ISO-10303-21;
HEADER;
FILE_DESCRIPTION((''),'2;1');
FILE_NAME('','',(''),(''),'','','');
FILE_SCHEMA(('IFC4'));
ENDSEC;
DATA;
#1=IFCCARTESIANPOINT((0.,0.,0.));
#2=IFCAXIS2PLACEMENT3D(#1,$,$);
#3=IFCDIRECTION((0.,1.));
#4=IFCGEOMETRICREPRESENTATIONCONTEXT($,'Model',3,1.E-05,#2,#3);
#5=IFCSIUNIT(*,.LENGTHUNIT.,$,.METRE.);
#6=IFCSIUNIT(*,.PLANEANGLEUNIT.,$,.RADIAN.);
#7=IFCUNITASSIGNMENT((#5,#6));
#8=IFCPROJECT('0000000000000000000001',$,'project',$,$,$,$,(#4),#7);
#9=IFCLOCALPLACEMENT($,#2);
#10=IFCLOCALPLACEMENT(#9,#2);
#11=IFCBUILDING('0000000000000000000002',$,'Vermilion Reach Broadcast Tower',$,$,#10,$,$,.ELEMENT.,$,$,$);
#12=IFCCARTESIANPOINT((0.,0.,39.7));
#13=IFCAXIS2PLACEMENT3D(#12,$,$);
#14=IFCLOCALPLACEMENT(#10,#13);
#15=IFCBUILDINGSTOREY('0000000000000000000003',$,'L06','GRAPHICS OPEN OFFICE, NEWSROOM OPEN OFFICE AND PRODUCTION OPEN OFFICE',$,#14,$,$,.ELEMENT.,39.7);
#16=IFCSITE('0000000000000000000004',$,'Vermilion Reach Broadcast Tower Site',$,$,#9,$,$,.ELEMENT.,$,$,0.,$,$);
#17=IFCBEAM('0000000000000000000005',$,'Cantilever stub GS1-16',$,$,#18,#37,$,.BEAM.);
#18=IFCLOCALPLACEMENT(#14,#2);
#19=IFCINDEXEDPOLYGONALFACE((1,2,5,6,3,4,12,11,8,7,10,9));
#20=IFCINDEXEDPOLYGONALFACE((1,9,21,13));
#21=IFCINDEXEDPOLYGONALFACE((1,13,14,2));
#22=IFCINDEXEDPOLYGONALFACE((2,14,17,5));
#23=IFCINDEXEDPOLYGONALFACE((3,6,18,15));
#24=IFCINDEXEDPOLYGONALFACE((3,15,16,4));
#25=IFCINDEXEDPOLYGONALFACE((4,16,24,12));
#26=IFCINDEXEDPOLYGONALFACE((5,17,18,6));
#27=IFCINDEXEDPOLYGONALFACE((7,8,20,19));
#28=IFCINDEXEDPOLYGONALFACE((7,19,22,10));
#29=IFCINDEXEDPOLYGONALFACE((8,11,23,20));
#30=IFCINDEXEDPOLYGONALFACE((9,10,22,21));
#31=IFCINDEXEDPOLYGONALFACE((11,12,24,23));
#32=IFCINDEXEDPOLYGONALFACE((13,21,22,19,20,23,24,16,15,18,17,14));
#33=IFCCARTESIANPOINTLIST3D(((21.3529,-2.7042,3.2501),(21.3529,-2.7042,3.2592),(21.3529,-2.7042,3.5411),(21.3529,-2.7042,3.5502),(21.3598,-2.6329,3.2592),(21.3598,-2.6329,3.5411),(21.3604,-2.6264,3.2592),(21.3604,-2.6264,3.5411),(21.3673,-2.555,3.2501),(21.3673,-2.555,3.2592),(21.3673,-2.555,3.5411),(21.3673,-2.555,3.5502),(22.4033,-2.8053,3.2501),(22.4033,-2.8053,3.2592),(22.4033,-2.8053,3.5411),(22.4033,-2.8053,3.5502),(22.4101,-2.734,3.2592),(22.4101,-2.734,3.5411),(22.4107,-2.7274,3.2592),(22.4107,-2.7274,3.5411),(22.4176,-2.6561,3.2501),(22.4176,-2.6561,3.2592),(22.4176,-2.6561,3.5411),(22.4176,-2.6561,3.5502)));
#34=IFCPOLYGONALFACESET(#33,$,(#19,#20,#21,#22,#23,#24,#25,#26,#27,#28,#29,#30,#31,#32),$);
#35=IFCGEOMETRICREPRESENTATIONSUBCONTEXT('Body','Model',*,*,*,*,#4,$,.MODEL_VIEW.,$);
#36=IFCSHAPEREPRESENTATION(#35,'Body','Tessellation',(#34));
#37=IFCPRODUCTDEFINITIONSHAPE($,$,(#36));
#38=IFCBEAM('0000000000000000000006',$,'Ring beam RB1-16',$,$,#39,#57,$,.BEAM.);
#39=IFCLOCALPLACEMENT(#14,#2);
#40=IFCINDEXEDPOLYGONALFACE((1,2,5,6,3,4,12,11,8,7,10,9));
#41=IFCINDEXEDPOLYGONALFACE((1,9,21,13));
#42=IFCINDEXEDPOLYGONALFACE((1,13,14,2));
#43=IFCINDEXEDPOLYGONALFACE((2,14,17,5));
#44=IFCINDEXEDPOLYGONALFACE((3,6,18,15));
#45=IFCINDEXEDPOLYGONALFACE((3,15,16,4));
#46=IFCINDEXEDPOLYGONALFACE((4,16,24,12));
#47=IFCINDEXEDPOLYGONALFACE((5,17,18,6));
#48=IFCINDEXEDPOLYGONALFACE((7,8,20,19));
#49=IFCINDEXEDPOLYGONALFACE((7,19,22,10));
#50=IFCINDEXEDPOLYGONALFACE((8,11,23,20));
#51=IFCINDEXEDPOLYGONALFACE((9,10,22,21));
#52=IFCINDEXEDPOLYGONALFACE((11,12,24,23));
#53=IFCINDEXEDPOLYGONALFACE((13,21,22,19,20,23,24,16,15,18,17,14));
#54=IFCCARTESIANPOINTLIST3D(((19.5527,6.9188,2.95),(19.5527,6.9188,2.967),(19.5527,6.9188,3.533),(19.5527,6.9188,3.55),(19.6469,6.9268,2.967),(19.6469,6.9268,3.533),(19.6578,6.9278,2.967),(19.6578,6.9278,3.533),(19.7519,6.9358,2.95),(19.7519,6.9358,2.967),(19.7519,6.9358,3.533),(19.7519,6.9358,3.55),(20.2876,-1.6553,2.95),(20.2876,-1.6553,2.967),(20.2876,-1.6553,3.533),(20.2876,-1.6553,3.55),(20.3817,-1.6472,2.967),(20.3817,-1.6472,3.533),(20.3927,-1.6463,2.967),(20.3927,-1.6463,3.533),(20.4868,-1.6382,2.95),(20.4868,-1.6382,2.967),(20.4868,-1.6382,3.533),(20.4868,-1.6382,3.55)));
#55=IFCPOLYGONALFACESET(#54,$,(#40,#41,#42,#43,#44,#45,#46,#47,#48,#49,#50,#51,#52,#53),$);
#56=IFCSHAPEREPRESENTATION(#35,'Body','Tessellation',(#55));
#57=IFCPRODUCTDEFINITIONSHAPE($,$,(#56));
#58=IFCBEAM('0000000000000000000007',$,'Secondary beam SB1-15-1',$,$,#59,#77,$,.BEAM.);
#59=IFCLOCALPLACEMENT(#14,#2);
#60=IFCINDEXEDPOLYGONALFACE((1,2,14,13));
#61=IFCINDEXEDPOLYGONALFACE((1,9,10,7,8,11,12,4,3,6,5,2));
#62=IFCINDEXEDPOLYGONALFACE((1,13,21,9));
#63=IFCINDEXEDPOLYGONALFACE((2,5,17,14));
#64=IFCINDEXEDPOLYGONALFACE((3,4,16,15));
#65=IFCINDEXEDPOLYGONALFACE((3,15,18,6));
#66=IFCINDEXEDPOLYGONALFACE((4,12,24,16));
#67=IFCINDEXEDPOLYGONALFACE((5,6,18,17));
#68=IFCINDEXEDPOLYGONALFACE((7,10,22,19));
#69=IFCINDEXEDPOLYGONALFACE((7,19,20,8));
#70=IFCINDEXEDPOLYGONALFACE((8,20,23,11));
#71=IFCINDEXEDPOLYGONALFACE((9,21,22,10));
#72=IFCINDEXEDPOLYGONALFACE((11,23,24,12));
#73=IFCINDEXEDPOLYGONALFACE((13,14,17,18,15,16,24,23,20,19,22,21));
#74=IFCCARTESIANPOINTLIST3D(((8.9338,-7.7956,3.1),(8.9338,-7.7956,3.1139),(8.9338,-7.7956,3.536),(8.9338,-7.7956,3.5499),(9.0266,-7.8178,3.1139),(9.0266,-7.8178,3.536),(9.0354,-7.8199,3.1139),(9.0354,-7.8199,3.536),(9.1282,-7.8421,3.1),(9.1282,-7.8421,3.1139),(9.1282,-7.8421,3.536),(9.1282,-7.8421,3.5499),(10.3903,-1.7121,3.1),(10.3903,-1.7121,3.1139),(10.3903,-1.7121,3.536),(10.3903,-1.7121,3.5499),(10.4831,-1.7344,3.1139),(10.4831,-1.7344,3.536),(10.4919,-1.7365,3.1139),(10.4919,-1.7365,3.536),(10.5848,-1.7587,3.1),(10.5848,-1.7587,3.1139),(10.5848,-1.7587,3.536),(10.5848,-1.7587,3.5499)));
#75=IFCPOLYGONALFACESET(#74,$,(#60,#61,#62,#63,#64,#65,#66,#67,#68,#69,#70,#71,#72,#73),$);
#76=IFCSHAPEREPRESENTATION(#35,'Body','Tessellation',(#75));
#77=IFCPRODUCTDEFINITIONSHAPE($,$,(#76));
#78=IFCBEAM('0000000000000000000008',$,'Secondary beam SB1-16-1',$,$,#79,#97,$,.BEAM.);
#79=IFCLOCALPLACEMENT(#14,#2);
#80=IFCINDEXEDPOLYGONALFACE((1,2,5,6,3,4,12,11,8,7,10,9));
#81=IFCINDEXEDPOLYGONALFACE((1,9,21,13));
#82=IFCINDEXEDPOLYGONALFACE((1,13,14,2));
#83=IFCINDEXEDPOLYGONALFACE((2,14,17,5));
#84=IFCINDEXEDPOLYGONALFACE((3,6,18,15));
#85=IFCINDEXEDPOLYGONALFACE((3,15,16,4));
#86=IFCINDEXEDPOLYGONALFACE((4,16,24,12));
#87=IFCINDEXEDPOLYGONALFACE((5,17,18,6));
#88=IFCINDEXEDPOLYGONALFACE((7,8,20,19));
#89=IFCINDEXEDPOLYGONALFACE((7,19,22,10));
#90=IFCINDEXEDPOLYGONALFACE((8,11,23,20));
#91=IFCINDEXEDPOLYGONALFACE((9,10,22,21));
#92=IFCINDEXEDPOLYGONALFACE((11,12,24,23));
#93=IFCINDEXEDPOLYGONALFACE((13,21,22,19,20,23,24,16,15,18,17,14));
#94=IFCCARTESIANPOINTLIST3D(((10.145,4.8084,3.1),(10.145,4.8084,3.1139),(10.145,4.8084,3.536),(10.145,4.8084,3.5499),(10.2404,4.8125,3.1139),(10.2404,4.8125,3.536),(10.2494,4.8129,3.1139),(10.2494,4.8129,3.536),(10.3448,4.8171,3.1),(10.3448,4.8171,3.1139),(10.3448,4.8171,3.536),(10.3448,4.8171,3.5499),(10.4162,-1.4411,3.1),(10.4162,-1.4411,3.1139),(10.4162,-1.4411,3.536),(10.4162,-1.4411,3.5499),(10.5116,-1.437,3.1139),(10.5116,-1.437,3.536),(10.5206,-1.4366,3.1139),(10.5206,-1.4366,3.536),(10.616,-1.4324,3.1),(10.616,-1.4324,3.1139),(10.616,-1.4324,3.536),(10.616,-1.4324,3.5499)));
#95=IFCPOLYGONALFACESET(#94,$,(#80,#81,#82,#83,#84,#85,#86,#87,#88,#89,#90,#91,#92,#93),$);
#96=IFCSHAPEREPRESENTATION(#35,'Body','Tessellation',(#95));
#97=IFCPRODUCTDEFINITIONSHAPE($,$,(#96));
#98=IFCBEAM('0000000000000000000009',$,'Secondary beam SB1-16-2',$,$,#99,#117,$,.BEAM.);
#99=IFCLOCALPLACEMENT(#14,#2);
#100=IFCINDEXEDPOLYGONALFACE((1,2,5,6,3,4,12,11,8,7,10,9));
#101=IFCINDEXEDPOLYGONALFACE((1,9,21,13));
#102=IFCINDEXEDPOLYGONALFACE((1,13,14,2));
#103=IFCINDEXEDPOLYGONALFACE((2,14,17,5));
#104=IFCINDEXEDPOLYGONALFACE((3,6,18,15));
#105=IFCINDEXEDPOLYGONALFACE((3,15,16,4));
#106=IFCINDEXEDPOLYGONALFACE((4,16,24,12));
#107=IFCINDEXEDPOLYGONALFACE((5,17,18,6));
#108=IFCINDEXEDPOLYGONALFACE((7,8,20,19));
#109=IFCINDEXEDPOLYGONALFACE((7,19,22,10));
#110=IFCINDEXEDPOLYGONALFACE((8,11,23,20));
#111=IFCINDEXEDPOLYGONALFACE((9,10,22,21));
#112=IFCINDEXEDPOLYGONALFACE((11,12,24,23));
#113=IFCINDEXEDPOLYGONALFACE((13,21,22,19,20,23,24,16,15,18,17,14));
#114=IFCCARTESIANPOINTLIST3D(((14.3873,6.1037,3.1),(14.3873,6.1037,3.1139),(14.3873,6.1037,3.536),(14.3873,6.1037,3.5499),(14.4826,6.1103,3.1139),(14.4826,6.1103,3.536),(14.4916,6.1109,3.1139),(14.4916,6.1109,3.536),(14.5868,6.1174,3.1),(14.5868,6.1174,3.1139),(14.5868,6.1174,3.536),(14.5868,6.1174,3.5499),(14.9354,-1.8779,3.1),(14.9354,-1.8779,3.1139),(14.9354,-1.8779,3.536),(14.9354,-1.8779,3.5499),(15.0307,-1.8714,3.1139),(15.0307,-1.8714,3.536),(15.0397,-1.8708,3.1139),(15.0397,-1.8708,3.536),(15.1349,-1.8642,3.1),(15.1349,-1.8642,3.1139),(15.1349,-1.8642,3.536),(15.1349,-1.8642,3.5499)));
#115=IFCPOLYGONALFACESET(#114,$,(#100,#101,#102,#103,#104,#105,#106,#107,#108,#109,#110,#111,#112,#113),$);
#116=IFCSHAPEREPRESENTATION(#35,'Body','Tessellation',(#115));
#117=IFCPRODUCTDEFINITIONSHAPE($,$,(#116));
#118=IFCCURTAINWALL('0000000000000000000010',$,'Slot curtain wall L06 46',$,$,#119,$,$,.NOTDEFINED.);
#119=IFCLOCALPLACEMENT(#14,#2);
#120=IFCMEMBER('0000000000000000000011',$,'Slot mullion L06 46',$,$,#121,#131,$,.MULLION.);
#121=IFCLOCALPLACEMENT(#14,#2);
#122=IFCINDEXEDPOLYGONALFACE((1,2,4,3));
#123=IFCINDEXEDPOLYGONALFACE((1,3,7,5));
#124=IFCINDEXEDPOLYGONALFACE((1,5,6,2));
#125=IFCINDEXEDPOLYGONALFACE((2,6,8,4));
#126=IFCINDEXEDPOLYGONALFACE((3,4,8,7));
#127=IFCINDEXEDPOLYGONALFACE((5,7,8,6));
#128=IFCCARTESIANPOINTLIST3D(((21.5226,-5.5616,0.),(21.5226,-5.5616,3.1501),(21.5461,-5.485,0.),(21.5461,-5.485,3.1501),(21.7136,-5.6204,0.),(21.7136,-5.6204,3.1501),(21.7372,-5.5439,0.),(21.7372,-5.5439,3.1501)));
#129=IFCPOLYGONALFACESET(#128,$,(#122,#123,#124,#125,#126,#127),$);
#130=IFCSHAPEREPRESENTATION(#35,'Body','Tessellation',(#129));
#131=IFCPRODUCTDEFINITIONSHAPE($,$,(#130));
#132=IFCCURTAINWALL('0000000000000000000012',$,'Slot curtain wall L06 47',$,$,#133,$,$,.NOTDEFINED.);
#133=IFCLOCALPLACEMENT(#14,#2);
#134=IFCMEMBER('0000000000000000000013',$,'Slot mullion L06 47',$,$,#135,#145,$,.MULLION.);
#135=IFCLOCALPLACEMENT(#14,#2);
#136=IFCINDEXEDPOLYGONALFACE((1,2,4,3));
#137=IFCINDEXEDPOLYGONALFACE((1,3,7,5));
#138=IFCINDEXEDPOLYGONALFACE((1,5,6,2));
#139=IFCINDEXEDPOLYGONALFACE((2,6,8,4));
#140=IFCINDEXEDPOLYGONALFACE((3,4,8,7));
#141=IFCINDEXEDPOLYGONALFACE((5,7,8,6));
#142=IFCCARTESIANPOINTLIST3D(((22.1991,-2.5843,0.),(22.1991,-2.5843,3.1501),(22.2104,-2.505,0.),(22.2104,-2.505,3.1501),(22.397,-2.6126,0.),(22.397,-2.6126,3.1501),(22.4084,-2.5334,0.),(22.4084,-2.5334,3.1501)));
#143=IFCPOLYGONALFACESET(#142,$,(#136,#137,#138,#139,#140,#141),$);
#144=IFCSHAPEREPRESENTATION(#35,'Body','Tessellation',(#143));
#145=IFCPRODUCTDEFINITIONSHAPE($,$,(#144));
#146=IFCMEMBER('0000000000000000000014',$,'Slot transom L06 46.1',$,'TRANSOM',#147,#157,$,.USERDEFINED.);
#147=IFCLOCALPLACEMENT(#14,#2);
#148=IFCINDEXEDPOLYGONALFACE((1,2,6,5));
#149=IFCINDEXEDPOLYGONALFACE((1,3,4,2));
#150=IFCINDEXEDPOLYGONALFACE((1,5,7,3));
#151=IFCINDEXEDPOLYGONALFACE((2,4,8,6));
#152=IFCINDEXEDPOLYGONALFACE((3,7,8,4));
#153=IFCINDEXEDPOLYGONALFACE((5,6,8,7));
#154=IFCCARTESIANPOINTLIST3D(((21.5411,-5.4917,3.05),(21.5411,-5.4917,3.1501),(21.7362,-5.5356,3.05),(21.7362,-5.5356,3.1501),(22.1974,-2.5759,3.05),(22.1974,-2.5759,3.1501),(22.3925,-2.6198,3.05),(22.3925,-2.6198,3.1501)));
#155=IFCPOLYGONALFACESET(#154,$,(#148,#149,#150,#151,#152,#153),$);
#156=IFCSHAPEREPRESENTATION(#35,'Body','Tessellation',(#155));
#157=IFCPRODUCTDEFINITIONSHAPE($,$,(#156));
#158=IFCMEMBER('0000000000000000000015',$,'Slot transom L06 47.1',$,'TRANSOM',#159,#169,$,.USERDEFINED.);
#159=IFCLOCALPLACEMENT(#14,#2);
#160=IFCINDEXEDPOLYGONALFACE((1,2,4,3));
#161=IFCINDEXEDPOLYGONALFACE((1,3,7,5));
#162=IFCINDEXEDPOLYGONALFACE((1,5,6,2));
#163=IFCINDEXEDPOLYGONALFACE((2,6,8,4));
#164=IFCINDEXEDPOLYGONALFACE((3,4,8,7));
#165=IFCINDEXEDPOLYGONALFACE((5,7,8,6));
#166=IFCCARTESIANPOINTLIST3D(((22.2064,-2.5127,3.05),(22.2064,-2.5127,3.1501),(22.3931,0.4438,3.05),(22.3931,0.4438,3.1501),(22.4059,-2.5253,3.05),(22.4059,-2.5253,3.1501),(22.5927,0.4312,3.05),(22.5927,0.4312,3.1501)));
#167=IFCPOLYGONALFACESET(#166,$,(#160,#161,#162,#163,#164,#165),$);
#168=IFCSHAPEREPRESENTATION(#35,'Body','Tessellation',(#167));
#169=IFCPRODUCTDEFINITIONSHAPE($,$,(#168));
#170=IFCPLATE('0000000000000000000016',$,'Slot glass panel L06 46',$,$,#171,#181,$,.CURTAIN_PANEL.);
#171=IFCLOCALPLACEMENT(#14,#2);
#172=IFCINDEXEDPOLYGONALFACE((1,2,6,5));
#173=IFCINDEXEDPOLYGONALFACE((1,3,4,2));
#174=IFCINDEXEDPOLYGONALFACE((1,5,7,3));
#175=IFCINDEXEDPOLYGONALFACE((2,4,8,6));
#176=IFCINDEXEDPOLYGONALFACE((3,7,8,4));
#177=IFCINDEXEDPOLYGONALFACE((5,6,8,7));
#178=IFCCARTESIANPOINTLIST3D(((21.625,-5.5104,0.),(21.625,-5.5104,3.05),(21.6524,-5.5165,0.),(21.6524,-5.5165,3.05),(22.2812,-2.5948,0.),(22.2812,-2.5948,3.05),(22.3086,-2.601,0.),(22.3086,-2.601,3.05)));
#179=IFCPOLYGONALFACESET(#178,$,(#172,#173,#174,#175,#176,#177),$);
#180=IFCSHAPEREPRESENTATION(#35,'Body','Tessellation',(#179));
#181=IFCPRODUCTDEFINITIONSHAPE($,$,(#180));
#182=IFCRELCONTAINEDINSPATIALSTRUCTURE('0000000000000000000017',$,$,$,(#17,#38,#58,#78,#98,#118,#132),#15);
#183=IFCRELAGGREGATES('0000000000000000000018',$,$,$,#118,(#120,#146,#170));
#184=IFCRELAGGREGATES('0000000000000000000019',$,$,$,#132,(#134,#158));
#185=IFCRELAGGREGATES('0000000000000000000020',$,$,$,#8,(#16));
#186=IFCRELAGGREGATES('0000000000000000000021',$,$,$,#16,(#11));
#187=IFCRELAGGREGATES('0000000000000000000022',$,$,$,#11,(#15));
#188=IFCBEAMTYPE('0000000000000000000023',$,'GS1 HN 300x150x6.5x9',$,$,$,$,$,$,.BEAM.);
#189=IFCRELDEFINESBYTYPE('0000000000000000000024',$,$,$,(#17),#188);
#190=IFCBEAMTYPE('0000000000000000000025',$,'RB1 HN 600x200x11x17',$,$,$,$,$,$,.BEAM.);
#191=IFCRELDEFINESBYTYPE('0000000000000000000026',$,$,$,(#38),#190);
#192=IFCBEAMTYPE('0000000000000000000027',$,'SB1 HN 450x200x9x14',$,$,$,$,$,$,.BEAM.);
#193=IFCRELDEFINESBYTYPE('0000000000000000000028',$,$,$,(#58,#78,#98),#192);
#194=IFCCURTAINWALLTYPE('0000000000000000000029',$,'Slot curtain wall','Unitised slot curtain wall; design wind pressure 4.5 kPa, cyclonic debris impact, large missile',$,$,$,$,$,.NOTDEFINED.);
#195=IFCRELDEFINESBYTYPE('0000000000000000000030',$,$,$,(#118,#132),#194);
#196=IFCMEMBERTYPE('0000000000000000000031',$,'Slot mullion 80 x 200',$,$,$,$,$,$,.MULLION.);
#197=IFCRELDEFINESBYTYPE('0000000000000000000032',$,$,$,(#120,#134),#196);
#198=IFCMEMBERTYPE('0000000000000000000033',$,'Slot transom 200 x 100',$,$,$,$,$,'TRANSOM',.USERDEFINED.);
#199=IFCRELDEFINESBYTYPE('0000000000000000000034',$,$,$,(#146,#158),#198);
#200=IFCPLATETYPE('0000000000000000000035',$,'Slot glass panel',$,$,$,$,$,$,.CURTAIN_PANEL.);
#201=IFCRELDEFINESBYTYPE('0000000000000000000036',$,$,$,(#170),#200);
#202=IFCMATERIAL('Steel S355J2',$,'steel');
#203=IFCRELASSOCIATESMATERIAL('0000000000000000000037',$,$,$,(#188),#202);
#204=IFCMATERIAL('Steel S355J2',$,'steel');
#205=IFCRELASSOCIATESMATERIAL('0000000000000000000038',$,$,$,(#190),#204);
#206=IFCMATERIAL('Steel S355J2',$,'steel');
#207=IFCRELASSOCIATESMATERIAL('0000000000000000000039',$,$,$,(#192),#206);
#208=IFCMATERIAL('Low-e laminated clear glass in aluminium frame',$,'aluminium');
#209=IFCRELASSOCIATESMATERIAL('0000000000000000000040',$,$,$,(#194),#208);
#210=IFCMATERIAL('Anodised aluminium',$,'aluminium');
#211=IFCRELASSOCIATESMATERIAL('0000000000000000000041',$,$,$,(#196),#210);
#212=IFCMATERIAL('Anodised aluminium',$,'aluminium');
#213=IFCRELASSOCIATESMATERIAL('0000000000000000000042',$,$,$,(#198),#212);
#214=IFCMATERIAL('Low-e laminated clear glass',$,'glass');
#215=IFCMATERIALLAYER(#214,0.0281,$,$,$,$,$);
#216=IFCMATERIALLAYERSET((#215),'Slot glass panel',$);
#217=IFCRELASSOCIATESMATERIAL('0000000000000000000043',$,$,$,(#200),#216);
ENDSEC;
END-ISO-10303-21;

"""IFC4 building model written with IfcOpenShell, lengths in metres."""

from ifc_helpers import new_model, si_unit, direction, frame, origin, origin_2d, place, context, subcontext, project, spatial, rectangle, i_section, extrude, material, layer, layer_set, material_profile, profile_set, type_object, element, aggregate, save


model = new_model("IFC4")

# Units and contexts
model_context = context("Model", 3, precision=1e-05, world=origin(), true_north=direction((0.0, 1.0)))
body_context = subcontext(model_context, "Body", "Model", "MODEL_VIEW")
ifc_project = project(units=[si_unit("LENGTHUNIT", "METRE"), si_unit("PLANEANGLEUNIT", "RADIAN")], contexts=[model_context])

# Site, building, storey
site_placement = place(None, origin())
site = spatial("IfcSite", under=ifc_project, at=site_placement, Name="Vermilion Reach Broadcast Tower Site", CompositionType="ELEMENT", RefElevation=0.0)
building_placement = place(site_placement, origin())
building = spatial("IfcBuilding", under=site, at=building_placement, Name="Vermilion Reach Broadcast Tower", CompositionType="ELEMENT")
storey_placement = place(building_placement, frame((0.0, 0.0, 39.7)))
storey = spatial("IfcBuildingStorey", under=building, at=storey_placement, Name="L06", Description="GRAPHICS OPEN OFFICE, NEWSROOM OPEN OFFICE AND PRODUCTION OPEN OFFICE", CompositionType="ELEMENT", Elevation=39.7)

# Beams
ifc_material_1 = material(Name="Steel S355J2", Category="steel")
ifc_material_profile_1 = material_profile(ifc_material_1, i_section(OverallWidth=0.1499, OverallDepth=0.3, WebThickness=0.0066, FlangeThickness=0.009, at=origin_2d()), Name="S355J2 HN 300x150x6.5x9")
ifc_profile_set_1 = profile_set([ifc_material_profile_1], Name="Steel S355J2")
beam_type_1 = type_object("IfcBeamType", Name="GS1 HN 300x150x6.5x9", PredefinedType="BEAM", material=ifc_profile_set_1)
beam_1_placement = place(storey_placement, frame((21.3601, -2.6296, 3.4001), z_axis=(0.995401, -0.095792, 0.0), x_axis=(0.095792, 0.995401, 0.0)))
element("IfcBeam", 1, at=beam_1_placement, inside=storey, type_object=beam_type_1, Name="Cantilever stub GS1-16", PredefinedType="BEAM", context=body_context, shape_type="SweptSolid", body=[
    extrude(i_section(OverallWidth=0.1499, OverallDepth=0.3, WebThickness=0.0066, FlangeThickness=0.009, at=origin_2d()), origin(), (0.0, 0.0, 1.0), 1.0552),
])
ifc_material_2 = material(Name="Steel S355J2", Category="steel")
ifc_material_profile_2 = material_profile(ifc_material_2, i_section(OverallWidth=0.2, OverallDepth=0.6001, WebThickness=0.011, FlangeThickness=0.0171, at=origin_2d()), Name="S355J2 HN 600x200x11x17")
ifc_profile_set_2 = profile_set([ifc_material_profile_2], Name="Steel S355J2")
beam_type_2 = type_object("IfcBeamType", Name="RB1 HN 600x200x11x17", PredefinedType="BEAM", material=ifc_profile_set_2)
beam_2_placement = place(storey_placement, frame((20.3872, -1.6467, 3.25), z_axis=(-0.085396, 0.996347, 0.0), x_axis=(-0.996347, -0.085396, 0.0)))
element("IfcBeam", 2, at=beam_2_placement, inside=storey, type_object=beam_type_2, Name="Ring beam RB1-16", PredefinedType="BEAM", context=body_context, shape_type="SweptSolid", body=[
    extrude(i_section(OverallWidth=0.2, OverallDepth=0.6001, WebThickness=0.011, FlangeThickness=0.0171, at=origin_2d()), origin(), (0.0, 0.0, 1.0), 8.6055),
])
ifc_material_3 = material(Name="Steel S355J2", Category="steel")
ifc_material_profile_3 = material_profile(ifc_material_3, i_section(OverallWidth=0.2, OverallDepth=0.45, WebThickness=0.009, FlangeThickness=0.0139, at=origin_2d()), Name="S355J2 HN 450x200x9x14")
ifc_profile_set_3 = profile_set([ifc_material_profile_3], Name="Steel S355J2")
beam_type_3 = type_object("IfcBeamType", Name="SB1 HN 450x200x9x14", PredefinedType="BEAM", material=ifc_profile_set_3)
for number, where, z_axis, x_axis, name in (
    (3, (9.031, -7.8188, 3.325), (0.232844, 0.972514, 0.0), (-0.972514, 0.232844, 0.0), "Secondary beam SB1-15-1"),
    (4, (10.5161, -1.4368, 3.325), (-0.043361, 0.999059, 0.0), (-0.999059, -0.043361, 0.0), "Secondary beam SB1-16-1"),
):
    element("IfcBeam", number, at=place(storey_placement, frame(where, z_axis=z_axis, x_axis=x_axis)), inside=storey, type_object=beam_type_3, Name=name, PredefinedType="BEAM", context=body_context, shape_type="SweptSolid", body=[
        extrude(i_section(OverallWidth=0.2, OverallDepth=0.45, WebThickness=0.009, FlangeThickness=0.0139, at=origin_2d()), origin(), (0.0, 0.0, 1.0), 6.2554),
    ])
beam_3_placement = place(storey_placement, frame((15.0352, -1.8711, 3.325), z_axis=(-0.068508, 0.997651, 0.0), x_axis=(-0.997651, -0.068508, 0.0)))
element("IfcBeam", 5, at=beam_3_placement, inside=storey, type_object=beam_type_3, Name="Secondary beam SB1-16-2", PredefinedType="BEAM", context=body_context, shape_type="SweptSolid", body=[
    extrude(i_section(OverallWidth=0.2, OverallDepth=0.45, WebThickness=0.009, FlangeThickness=0.0139, at=origin_2d()), origin(), (0.0, 0.0, 1.0), 8.0005),
])

# Curtain walls, members
ifc_material_4 = material(Name="Low-e laminated clear glass in aluminium frame", Category="aluminium")
curtain_wall_type = type_object("IfcCurtainWallType", Name="Slot curtain wall", Description="Unitised slot curtain wall; design wind pressure 4.5 kPa, cyclonic debris impact, large missile", PredefinedType="NOTDEFINED", material=ifc_material_4)
placement = place(storey_placement, origin())
curtain_wall_1 = element("IfcCurtainWall", 6, at=placement, inside=storey, type_object=curtain_wall_type, Name="Slot curtain wall L06 46", PredefinedType="NOTDEFINED")
ifc_material_5 = material(Name="Anodised aluminium", Category="aluminium")
ifc_material_profile_4 = material_profile(ifc_material_5, rectangle(XDim=0.2, YDim=0.0801, at=origin_2d()), Name="Slot mullion 80 x 200")
ifc_profile_set_4 = profile_set([ifc_material_profile_4], Name="Anodised aluminium")
member_type_1 = type_object("IfcMemberType", Name="Slot mullion 80 x 200", PredefinedType="MULLION", material=ifc_profile_set_4)
member_1_placement = place(storey_placement, frame((21.6299, -5.5527, 0.0), z_axis=(0.0, 0.0, 1.0), x_axis=(-0.955724, 0.294264, 0.0)))
member_1 = element("IfcMember", 7, at=member_1_placement, type_object=member_type_1, Name="Slot mullion L06 46", PredefinedType="MULLION", context=body_context, shape_type="SweptSolid", body=[
    extrude(rectangle(XDim=0.2, YDim=0.0801, at=origin_2d()), origin(), (0.0, 0.0, 1.0), 3.1501),
])
curtain_wall_2 = element("IfcCurtainWall", 8, at=placement, inside=storey, type_object=curtain_wall_type, Name="Slot curtain wall L06 47", PredefinedType="NOTDEFINED")
member_2_placement = place(storey_placement, frame((22.3037, -2.5588, 0.0), z_axis=(0.0, 0.0, 1.0), x_axis=(-0.989903, 0.141746, 0.0)))
member_2 = element("IfcMember", 9, at=member_2_placement, type_object=member_type_1, Name="Slot mullion L06 47", PredefinedType="MULLION", context=body_context, shape_type="SweptSolid", body=[
    extrude(rectangle(XDim=0.2, YDim=0.0801, at=origin_2d()), origin(), (0.0, 0.0, 1.0), 3.1501),
])

# Members
ifc_material_6 = material(Name="Anodised aluminium", Category="aluminium")
ifc_material_profile_5 = material_profile(ifc_material_6, rectangle(XDim=0.2, YDim=0.1001, at=origin_2d()), Name="Slot transom 200 x 100")
ifc_profile_set_5 = profile_set([ifc_material_profile_5], Name="Anodised aluminium")
member_type_2 = type_object("IfcMemberType", Name="Slot transom 200 x 100", ElementType="TRANSOM", PredefinedType="USERDEFINED", material=ifc_profile_set_5)
member_3_placement = place(storey_placement, frame((21.6387, -5.5137, 3.1001), z_axis=(0.219576, 0.975595, 0.0), x_axis=(-0.975595, 0.219576, 0.0)))
member_3 = element("IfcMember", 10, at=member_3_placement, type_object=member_type_2, Name="Slot transom L06 46.1", ObjectType="TRANSOM", PredefinedType="USERDEFINED", context=body_context, shape_type="SweptSolid", body=[
    extrude(rectangle(XDim=0.2, YDim=0.1001, at=origin_2d()), origin(), (0.0, 0.0, 1.0), 2.9888),
])
member_4_placement = place(storey_placement, frame((22.3062, -2.519, 3.1001), z_axis=(0.063045, 0.998011, 0.0), x_axis=(-0.998011, 0.063045, 0.0)))
member_4 = element("IfcMember", 11, at=member_4_placement, type_object=member_type_2, Name="Slot transom L06 47.1", ObjectType="TRANSOM", PredefinedType="USERDEFINED", context=body_context, shape_type="SweptSolid", body=[
    extrude(rectangle(XDim=0.2, YDim=0.1001, at=origin_2d()), origin(), (0.0, 0.0, 1.0), 2.9624),
])

# Plate
ifc_material_7 = material(Name="Low-e laminated clear glass", Category="glass")
ifc_layer_1 = layer(ifc_material_7, 0.0281)
ifc_layer_set_1 = layer_set([ifc_layer_1], Name="Slot glass panel")
plate_type = type_object("IfcPlateType", Name="Slot glass panel", PredefinedType="CURTAIN_PANEL", material=ifc_layer_set_1)
plate_1_placement = place(storey_placement, frame((21.9668, -4.0557, 0.0), z_axis=(0.0, 0.0, 1.0), x_axis=(0.219583, 0.975594, 0.0)))
plate_1 = element("IfcPlate", 12, at=plate_1_placement, type_object=plate_type, Name="Slot glass panel L06 46", PredefinedType="CURTAIN_PANEL", context=body_context, shape_type="SweptSolid", body=[
    extrude(rectangle(XDim=2.9885, YDim=0.0281, at=origin_2d()), origin(), (0.0, 0.0, 1.0), 3.05),
])
aggregate(curtain_wall_1, [member_1, member_3, plate_1])
aggregate(curtain_wall_2, [member_2, member_4])

save(model, "model.ifc")
